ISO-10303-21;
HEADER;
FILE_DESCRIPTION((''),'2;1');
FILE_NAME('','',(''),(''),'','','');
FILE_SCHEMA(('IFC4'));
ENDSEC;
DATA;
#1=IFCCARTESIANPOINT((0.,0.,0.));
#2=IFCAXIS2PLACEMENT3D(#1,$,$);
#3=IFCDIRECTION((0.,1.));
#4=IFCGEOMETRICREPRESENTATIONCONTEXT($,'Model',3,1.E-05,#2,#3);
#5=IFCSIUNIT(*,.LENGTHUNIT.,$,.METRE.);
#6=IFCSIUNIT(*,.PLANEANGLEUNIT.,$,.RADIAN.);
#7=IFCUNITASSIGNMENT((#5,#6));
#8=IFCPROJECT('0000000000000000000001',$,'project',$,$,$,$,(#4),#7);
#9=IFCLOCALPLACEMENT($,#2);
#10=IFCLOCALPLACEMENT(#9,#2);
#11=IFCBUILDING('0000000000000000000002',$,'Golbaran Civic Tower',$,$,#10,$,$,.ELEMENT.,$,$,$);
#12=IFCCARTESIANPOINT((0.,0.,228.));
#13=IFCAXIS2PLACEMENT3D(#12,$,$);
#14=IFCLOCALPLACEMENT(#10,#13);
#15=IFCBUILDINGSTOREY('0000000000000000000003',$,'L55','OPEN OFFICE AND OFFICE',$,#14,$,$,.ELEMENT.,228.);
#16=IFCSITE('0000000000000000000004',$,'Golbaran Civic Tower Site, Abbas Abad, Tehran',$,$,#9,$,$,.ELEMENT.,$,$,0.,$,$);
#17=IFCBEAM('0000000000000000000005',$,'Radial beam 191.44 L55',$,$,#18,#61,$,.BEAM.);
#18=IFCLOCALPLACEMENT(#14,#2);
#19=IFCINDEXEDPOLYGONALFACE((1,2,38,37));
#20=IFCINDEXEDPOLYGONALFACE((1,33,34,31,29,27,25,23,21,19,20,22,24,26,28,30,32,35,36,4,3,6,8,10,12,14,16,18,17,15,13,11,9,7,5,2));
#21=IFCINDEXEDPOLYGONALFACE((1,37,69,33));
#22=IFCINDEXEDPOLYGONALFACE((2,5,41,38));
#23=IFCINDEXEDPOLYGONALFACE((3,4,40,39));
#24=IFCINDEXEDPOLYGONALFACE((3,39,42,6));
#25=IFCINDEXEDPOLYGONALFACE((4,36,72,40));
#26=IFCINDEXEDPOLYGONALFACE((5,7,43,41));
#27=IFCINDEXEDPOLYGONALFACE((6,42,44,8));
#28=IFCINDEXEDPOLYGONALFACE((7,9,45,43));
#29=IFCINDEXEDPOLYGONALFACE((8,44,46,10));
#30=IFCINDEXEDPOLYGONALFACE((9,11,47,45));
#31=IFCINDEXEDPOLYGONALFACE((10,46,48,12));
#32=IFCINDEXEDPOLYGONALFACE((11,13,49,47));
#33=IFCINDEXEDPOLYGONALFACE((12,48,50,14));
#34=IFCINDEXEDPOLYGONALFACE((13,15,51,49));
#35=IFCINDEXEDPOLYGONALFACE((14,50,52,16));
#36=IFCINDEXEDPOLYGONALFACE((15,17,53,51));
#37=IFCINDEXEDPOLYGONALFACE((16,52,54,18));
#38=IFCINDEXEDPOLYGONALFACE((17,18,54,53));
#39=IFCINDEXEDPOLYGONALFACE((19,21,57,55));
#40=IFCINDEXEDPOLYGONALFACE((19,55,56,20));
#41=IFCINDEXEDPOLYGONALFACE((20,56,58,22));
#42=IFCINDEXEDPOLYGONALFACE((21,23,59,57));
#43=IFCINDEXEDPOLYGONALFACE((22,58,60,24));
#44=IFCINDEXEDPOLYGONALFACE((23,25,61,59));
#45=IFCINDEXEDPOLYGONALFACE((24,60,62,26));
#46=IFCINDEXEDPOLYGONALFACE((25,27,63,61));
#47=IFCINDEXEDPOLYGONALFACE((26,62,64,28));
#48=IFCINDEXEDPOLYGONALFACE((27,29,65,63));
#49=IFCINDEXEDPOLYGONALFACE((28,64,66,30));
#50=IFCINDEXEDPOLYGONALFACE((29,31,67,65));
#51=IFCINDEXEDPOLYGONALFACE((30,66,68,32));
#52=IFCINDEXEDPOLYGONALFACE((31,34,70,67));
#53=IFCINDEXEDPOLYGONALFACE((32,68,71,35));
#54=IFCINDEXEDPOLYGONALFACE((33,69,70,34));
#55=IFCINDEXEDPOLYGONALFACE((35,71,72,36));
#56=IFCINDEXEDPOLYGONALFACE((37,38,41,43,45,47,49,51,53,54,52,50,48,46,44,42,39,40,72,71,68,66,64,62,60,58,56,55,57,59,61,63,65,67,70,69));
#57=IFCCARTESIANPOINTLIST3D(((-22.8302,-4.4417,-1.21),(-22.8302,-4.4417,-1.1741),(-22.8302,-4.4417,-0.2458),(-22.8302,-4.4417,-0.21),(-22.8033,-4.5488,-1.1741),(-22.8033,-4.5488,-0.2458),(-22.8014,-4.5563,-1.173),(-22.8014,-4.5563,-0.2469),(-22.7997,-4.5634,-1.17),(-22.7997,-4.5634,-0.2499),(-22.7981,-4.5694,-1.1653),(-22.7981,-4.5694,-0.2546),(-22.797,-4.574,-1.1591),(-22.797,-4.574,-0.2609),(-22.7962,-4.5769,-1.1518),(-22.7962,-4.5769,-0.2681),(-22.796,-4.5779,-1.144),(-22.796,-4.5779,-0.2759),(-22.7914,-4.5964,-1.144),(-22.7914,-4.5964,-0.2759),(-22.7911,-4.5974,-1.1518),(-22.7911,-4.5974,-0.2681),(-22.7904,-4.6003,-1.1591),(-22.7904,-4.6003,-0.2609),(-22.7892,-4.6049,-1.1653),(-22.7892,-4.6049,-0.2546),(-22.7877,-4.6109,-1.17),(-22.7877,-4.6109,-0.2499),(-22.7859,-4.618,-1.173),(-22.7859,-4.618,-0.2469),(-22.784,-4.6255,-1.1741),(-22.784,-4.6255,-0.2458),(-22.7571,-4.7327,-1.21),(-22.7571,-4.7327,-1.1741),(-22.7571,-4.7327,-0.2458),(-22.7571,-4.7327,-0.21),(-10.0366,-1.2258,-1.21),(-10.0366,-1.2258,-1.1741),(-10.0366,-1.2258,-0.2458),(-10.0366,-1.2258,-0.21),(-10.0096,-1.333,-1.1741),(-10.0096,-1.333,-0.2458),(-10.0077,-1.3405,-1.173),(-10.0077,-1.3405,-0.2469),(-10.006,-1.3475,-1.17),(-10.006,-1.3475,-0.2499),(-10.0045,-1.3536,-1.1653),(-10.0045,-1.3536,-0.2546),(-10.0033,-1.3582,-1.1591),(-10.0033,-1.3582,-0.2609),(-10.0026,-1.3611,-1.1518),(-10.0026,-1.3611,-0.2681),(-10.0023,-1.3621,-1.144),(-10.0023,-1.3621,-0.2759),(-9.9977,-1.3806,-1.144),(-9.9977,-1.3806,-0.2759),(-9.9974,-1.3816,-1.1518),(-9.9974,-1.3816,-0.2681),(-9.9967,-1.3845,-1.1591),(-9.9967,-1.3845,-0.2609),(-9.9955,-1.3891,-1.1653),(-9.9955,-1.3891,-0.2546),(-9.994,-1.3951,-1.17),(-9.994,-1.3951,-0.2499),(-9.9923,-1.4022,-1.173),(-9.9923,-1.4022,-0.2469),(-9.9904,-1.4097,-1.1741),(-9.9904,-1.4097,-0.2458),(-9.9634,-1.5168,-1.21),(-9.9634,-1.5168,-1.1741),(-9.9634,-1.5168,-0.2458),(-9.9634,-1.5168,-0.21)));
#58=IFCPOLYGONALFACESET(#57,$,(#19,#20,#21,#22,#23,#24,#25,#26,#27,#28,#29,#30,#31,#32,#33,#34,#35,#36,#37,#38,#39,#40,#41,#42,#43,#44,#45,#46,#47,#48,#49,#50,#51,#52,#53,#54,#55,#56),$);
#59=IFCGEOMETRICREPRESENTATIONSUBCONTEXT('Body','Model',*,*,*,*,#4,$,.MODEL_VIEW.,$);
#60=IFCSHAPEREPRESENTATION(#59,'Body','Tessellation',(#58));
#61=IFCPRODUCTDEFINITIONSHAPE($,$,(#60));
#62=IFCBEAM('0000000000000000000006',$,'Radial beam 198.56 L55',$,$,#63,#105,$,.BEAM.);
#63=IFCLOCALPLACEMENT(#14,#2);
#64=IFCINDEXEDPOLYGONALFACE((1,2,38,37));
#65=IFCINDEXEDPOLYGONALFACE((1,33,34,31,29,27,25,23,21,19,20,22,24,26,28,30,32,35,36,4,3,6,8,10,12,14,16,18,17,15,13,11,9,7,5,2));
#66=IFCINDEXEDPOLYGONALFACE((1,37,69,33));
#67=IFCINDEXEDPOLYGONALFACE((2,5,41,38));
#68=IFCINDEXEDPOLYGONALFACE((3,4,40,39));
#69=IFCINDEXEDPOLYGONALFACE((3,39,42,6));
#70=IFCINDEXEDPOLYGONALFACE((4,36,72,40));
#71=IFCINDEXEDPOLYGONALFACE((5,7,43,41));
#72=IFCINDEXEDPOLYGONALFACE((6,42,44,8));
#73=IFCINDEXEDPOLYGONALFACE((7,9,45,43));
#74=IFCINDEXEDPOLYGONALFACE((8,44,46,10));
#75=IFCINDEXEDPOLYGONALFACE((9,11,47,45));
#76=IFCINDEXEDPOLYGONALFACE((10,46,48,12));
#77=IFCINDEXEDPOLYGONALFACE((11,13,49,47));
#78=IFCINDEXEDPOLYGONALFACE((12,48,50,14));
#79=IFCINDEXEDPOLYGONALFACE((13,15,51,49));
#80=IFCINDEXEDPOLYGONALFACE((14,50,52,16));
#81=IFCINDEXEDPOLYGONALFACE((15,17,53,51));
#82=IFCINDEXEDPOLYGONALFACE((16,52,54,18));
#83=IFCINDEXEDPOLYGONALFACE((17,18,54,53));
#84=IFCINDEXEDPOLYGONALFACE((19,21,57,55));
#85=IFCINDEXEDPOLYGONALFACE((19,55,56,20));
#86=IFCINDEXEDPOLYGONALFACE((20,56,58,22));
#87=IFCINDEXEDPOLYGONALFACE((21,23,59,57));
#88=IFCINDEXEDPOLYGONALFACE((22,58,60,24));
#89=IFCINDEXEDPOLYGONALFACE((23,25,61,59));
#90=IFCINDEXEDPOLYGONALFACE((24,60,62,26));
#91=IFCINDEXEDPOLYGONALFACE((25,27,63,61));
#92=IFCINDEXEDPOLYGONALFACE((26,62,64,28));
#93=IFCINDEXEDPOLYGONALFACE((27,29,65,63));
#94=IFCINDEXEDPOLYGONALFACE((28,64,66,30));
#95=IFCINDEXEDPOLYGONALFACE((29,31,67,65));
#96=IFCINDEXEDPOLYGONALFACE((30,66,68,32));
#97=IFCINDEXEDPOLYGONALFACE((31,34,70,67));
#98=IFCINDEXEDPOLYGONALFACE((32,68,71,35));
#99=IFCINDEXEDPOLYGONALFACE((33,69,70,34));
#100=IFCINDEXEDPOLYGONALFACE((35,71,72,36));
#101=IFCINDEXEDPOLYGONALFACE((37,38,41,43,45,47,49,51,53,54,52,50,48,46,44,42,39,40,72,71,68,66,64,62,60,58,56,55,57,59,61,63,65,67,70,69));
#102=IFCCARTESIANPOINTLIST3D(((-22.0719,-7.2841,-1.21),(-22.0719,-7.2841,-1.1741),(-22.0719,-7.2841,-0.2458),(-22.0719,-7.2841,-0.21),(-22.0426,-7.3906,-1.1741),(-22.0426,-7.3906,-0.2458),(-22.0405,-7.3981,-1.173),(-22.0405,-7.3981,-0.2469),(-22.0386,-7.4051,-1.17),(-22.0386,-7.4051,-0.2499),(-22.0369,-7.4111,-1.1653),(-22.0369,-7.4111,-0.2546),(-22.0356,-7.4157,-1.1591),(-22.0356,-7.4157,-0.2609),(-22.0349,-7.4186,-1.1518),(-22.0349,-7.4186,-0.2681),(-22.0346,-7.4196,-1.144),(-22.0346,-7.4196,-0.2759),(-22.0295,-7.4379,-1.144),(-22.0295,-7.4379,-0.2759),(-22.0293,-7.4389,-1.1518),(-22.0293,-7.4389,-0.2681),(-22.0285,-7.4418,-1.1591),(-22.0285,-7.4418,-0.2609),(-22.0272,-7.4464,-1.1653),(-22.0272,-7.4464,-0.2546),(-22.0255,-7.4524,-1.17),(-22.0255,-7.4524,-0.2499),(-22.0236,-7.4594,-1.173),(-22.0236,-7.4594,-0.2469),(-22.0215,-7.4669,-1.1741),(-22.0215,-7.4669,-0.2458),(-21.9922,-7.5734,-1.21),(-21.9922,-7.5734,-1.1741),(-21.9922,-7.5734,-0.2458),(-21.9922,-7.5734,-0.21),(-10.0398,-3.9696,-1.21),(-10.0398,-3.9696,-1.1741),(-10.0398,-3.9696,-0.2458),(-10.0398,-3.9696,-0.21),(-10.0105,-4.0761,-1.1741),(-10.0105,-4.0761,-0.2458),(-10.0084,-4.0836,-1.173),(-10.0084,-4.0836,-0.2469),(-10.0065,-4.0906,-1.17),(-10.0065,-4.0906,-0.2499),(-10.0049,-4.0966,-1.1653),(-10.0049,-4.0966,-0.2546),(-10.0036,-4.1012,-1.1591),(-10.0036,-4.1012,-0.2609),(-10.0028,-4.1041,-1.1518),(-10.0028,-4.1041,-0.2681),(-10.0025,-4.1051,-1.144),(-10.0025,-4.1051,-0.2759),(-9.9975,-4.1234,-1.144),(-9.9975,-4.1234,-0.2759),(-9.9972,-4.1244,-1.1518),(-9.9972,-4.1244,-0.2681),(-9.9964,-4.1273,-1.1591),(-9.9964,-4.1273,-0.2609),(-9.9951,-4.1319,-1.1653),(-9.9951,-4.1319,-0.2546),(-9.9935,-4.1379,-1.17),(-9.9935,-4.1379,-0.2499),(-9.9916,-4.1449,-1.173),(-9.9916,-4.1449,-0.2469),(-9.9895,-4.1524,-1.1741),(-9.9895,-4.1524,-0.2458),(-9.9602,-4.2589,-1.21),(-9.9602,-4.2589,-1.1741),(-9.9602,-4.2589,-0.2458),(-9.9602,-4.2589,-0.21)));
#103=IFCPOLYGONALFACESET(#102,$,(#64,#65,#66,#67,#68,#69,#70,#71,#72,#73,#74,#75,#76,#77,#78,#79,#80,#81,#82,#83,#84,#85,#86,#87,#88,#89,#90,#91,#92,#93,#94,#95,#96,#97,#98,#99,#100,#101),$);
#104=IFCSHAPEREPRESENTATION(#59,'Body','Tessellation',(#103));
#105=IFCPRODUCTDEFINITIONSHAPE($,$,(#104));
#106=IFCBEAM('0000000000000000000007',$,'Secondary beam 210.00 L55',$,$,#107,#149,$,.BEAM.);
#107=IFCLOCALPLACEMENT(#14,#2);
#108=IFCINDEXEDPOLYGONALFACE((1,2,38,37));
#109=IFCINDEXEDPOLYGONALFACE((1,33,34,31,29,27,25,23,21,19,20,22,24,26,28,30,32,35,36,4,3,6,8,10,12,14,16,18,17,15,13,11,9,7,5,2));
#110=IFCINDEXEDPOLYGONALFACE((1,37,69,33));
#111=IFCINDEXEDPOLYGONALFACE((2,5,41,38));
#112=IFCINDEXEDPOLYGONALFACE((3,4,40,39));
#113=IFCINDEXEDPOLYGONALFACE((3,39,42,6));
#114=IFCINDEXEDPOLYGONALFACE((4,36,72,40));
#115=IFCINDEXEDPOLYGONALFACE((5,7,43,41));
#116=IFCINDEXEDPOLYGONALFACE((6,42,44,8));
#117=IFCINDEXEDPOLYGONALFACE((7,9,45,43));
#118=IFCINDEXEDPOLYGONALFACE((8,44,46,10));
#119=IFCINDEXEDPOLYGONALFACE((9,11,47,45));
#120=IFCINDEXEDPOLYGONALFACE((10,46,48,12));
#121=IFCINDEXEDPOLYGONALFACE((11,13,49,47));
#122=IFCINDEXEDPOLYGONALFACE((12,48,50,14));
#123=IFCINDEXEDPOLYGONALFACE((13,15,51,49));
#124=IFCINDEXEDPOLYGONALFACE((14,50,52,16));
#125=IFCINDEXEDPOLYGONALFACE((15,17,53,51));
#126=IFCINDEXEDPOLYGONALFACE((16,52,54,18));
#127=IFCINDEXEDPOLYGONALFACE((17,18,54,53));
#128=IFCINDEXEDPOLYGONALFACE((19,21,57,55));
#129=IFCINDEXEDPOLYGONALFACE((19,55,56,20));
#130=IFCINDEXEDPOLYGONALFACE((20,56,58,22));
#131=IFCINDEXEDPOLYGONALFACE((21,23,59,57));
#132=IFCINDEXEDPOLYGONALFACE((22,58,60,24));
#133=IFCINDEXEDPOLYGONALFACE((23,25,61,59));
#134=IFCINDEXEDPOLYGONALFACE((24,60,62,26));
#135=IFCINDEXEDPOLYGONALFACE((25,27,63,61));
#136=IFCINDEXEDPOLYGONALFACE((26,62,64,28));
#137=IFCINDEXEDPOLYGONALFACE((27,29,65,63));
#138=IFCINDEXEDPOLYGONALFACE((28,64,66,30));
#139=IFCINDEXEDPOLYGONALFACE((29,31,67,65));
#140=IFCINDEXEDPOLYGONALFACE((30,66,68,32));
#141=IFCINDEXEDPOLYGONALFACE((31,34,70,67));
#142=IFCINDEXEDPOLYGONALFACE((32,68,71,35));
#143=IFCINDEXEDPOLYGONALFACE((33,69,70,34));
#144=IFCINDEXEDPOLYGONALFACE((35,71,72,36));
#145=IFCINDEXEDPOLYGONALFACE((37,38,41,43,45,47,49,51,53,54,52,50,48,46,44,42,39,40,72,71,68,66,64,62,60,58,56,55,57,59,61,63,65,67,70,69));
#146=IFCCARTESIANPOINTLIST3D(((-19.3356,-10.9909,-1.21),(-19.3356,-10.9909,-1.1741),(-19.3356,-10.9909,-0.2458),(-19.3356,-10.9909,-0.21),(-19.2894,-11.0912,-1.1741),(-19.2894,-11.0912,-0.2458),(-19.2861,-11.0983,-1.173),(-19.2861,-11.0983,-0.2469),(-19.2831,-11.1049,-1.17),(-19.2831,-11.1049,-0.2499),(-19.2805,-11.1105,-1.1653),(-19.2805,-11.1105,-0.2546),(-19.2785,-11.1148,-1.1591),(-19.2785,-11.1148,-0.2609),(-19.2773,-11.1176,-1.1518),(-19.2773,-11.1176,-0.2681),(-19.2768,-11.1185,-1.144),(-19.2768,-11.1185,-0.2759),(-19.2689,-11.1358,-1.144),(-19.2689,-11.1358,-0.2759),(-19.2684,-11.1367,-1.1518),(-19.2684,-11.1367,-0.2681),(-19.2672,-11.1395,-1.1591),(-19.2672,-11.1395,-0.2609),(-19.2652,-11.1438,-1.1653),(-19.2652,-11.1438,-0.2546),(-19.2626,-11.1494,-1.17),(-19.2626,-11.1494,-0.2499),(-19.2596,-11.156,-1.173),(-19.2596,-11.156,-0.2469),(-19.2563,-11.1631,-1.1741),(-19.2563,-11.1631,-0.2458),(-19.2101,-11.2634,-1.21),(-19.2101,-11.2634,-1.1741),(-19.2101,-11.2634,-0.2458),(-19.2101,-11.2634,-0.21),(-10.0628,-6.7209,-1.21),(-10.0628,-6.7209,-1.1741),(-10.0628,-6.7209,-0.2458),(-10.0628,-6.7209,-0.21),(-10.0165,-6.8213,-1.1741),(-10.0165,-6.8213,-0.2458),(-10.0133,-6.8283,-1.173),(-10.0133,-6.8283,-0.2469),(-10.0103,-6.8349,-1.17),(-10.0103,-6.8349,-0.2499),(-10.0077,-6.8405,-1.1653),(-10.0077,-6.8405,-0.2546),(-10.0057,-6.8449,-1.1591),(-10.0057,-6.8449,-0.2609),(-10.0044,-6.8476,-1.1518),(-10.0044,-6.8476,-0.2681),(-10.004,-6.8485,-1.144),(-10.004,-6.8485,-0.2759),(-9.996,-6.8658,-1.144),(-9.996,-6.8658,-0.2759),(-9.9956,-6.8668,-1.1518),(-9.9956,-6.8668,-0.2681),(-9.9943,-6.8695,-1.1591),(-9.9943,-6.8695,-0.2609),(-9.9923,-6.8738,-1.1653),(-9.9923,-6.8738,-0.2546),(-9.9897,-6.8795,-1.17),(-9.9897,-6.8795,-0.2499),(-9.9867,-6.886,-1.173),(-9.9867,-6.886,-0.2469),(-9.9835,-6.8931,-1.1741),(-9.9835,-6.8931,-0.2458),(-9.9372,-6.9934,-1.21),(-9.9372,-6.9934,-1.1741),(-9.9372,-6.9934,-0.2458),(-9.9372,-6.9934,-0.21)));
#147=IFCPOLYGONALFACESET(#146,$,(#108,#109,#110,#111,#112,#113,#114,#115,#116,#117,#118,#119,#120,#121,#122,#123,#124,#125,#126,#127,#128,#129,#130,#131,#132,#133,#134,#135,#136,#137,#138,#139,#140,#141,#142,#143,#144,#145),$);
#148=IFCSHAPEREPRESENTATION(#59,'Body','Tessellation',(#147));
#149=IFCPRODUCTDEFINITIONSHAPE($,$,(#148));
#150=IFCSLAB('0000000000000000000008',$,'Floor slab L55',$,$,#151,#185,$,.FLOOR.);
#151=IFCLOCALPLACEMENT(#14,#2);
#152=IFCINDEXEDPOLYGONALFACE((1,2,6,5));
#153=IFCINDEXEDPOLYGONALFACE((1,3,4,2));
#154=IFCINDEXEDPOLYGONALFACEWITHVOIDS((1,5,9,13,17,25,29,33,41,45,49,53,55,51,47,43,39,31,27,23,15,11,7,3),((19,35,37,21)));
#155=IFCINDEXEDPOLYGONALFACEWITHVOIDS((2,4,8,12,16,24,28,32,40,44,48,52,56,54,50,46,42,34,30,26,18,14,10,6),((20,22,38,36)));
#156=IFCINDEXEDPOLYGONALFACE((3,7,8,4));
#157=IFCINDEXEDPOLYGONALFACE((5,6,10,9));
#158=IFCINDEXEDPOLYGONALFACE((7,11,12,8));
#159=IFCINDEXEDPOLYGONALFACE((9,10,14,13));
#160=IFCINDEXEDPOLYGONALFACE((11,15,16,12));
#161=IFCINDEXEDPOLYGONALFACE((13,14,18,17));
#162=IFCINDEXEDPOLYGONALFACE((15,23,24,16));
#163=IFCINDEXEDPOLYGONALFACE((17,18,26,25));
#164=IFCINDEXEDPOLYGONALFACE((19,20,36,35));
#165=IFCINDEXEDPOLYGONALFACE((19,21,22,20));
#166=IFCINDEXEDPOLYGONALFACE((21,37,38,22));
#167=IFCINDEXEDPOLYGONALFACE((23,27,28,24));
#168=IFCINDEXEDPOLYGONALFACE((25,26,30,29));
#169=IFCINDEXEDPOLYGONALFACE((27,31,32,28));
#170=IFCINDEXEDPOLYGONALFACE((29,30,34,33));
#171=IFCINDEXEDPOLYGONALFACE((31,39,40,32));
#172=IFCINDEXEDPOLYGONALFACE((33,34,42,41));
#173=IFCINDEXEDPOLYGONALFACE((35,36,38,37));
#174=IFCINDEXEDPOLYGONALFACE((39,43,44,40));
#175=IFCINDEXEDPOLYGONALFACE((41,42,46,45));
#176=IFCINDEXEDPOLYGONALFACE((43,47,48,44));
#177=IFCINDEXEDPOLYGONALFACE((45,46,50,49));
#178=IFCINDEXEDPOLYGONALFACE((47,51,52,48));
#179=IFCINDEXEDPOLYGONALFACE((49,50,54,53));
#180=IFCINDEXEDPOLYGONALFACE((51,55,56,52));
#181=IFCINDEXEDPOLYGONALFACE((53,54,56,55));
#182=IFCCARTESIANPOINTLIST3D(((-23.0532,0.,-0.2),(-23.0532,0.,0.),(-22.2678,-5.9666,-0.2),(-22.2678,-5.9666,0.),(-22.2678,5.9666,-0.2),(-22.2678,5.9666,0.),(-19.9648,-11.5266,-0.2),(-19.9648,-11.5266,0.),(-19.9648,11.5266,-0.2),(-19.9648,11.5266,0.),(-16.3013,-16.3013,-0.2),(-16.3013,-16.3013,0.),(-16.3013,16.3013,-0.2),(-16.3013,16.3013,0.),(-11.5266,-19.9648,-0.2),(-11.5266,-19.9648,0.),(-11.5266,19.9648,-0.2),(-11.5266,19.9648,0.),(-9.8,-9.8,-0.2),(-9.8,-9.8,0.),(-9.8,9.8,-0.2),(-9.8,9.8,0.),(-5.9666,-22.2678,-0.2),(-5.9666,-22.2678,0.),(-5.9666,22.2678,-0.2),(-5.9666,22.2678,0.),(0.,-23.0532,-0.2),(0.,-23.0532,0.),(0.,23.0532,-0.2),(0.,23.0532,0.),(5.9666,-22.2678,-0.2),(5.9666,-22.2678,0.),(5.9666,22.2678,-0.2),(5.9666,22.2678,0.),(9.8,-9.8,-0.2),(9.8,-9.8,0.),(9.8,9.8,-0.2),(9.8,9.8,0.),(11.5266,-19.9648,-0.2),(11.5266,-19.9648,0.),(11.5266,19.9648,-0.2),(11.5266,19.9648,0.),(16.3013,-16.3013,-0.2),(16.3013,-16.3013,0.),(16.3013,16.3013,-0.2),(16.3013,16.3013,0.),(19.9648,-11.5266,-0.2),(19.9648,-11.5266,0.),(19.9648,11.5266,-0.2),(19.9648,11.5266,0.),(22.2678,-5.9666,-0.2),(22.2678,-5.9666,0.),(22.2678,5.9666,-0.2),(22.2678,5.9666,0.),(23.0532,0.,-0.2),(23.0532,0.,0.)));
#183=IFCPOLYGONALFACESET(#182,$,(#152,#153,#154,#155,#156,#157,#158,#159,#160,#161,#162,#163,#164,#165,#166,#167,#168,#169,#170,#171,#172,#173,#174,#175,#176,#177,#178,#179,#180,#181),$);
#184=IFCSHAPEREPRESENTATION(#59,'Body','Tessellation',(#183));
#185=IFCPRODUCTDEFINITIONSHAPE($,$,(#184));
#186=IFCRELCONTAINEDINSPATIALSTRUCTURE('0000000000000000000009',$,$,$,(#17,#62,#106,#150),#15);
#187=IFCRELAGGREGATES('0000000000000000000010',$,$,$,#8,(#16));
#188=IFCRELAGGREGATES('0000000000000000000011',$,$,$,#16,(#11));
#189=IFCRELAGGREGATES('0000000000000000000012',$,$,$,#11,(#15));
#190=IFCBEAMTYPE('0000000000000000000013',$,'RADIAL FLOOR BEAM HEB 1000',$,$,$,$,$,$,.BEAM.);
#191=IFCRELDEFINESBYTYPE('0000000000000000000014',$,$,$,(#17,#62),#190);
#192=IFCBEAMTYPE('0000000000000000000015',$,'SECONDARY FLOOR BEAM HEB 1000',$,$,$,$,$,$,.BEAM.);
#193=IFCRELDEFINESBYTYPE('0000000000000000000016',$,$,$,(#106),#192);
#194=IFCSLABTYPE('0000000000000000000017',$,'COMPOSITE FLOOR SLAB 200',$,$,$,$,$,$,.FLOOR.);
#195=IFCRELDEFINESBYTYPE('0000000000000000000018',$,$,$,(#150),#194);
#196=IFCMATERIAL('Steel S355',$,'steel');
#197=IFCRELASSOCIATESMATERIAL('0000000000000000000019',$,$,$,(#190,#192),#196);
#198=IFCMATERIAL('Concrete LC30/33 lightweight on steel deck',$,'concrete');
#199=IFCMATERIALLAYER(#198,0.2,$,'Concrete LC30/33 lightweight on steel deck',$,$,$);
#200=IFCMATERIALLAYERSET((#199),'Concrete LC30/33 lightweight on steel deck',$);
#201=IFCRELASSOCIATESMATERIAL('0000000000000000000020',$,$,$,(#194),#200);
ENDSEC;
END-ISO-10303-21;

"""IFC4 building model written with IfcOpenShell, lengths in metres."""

from ifc_helpers import new_model, si_unit, direction, frame, origin, origin_2d, place, context, subcontext, project, spatial, polyline, i_section, outline, extrude, material, layer, layer_set, material_profile, profile_set, type_object, element, save


model = new_model("IFC4")

# Units and contexts
model_context = context("Model", 3, precision=1e-05, world=origin(), true_north=direction((0.0, 1.0)))
body_context = subcontext(model_context, "Body", "Model", "MODEL_VIEW")
ifc_project = project(units=[si_unit("LENGTHUNIT", "METRE"), si_unit("PLANEANGLEUNIT", "RADIAN")], contexts=[model_context])

# Site, building, storey
site_placement = place(None, origin())
site = spatial("IfcSite", under=ifc_project, at=site_placement, Name="Golbaran Civic Tower Site, Abbas Abad, Tehran", CompositionType="ELEMENT", RefElevation=0.0)
building_placement = place(site_placement, origin())
building = spatial("IfcBuilding", under=site, at=building_placement, Name="Golbaran Civic Tower", CompositionType="ELEMENT")
storey_placement = place(building_placement, frame((0.0, 0.0, 228.0)))
storey = spatial("IfcBuildingStorey", under=building, at=storey_placement, Name="L55", Description="OPEN OFFICE AND OFFICE", CompositionType="ELEMENT", Elevation=228.0)

# Beams
ifc_material_1 = material(Name="Steel S355", Category="steel")
ifc_material_profile_1 = material_profile(ifc_material_1, i_section(OverallWidth=0.3, OverallDepth=1.0, WebThickness=0.019, FlangeThickness=0.0359, FilletRadius=0.03, at=origin_2d()), Name="HEB 1000")
ifc_profile_set_1 = profile_set([ifc_material_profile_1], Name="Steel S355")
beam_type_1 = type_object("IfcBeamType", Name="RADIAL FLOOR BEAM HEB 1000", PredefinedType="BEAM", material=ifc_profile_set_1)
beam_1_placement = place(storey_placement, frame((-10.0, -1.3713, -0.71), z_axis=(-0.969831, -0.243776, 0.0), x_axis=(0.243776, -0.969831, 0.0)))
element("IfcBeam", 1, at=beam_1_placement, inside=storey, type_object=beam_type_1, Name="Radial beam 191.44 L55", PredefinedType="BEAM", context=body_context, shape_type="SweptSolid", body=[
    extrude(i_section(OverallWidth=0.3, OverallDepth=1.0, WebThickness=0.019, FlangeThickness=0.0359, FilletRadius=0.03, at=origin_2d()), origin(), (0.0, 0.0, 1.0), 13.1917),
])
beam_2_placement = place(storey_placement, frame((-10.0, -4.1143, -0.71), z_axis=(-0.964089, -0.265578, 0.0), x_axis=(0.265578, -0.964089, 0.0)))
element("IfcBeam", 2, at=beam_2_placement, inside=storey, type_object=beam_type_1, Name="Radial beam 198.56 L55", PredefinedType="BEAM", context=body_context, shape_type="SweptSolid", body=[
    extrude(i_section(OverallWidth=0.3, OverallDepth=1.0, WebThickness=0.019, FlangeThickness=0.0359, FilletRadius=0.03, at=origin_2d()), origin(), (0.0, 0.0, 1.0), 12.4802),
])
ifc_material_profile_2 = material_profile(ifc_material_1, i_section(OverallWidth=0.3, OverallDepth=1.0, WebThickness=0.019, FlangeThickness=0.0359, FilletRadius=0.03, at=origin_2d()), Name="HEB 1000")
ifc_profile_set_2 = profile_set([ifc_material_profile_2], Name="Steel S355")
beam_type_2 = type_object("IfcBeamType", Name="SECONDARY FLOOR BEAM HEB 1000", PredefinedType="BEAM", material=ifc_profile_set_2)
beam_3_placement = place(storey_placement, frame((-10.0, -6.8572, -0.71), z_axis=(-0.908324, -0.418266, 0.0), x_axis=(0.418266, -0.908324, 0.0)))
element("IfcBeam", 3, at=beam_3_placement, inside=storey, type_object=beam_type_2, Name="Secondary beam 210.00 L55", PredefinedType="BEAM", context=body_context, shape_type="SweptSolid", body=[
    extrude(i_section(OverallWidth=0.3, OverallDepth=1.0, WebThickness=0.019, FlangeThickness=0.0359, FilletRadius=0.03, at=origin_2d()), origin(), (0.0, 0.0, 1.0), 10.2087),
])

# Slab
ifc_material_2 = material(Name="Concrete LC30/33 lightweight on steel deck", Category="concrete")
ifc_layer_1 = layer(ifc_material_2, 0.2, Name="Concrete LC30/33 lightweight on steel deck")
ifc_layer_set_1 = layer_set([ifc_layer_1], Name="Concrete LC30/33 lightweight on steel deck")
slab_type_1 = type_object("IfcSlabType", Name="COMPOSITE FLOOR SLAB 200", PredefinedType="FLOOR", material=ifc_layer_set_1)
slab_1_placement = place(storey_placement, frame((0.0, 0.0, -0.2)))
element("IfcSlab", 4, at=slab_1_placement, inside=storey, type_object=slab_type_1, Name="Floor slab L55", PredefinedType="FLOOR", context=body_context, shape_type="SweptSolid", body=[
    extrude(outline(polyline([(19.9648, -11.5266), (16.3013, -16.3013), (11.5266, -19.9648), (5.9666, -22.2678), (0.0, -23.0532), (-5.9666, -22.2678), (-11.5266, -19.9648), (-16.3013, -16.3013), (-19.9648, -11.5266), (-22.2678, -5.9666), (-23.0532, 0.0), (-22.2678, 5.9666), (-19.9648, 11.5266), (-16.3013, 16.3013), (-11.5266, 19.9648), (-5.9666, 22.2678), (0.0, 23.0532), (5.9666, 22.2678), (11.5266, 19.9648), (16.3013, 16.3013), (19.9648, 11.5266), (22.2678, 5.9666), (23.0532, 0.0), (22.2678, -5.9666), (19.9648, -11.5266)]), holes=[polyline([(-9.8, 9.8), (-9.8, -9.8), (9.8, -9.8), (9.8, 9.8), (-9.8, 9.8)])]), origin(), (0.0, 0.0, 1.0), 0.2),
])

save(model, "model.ifc")
